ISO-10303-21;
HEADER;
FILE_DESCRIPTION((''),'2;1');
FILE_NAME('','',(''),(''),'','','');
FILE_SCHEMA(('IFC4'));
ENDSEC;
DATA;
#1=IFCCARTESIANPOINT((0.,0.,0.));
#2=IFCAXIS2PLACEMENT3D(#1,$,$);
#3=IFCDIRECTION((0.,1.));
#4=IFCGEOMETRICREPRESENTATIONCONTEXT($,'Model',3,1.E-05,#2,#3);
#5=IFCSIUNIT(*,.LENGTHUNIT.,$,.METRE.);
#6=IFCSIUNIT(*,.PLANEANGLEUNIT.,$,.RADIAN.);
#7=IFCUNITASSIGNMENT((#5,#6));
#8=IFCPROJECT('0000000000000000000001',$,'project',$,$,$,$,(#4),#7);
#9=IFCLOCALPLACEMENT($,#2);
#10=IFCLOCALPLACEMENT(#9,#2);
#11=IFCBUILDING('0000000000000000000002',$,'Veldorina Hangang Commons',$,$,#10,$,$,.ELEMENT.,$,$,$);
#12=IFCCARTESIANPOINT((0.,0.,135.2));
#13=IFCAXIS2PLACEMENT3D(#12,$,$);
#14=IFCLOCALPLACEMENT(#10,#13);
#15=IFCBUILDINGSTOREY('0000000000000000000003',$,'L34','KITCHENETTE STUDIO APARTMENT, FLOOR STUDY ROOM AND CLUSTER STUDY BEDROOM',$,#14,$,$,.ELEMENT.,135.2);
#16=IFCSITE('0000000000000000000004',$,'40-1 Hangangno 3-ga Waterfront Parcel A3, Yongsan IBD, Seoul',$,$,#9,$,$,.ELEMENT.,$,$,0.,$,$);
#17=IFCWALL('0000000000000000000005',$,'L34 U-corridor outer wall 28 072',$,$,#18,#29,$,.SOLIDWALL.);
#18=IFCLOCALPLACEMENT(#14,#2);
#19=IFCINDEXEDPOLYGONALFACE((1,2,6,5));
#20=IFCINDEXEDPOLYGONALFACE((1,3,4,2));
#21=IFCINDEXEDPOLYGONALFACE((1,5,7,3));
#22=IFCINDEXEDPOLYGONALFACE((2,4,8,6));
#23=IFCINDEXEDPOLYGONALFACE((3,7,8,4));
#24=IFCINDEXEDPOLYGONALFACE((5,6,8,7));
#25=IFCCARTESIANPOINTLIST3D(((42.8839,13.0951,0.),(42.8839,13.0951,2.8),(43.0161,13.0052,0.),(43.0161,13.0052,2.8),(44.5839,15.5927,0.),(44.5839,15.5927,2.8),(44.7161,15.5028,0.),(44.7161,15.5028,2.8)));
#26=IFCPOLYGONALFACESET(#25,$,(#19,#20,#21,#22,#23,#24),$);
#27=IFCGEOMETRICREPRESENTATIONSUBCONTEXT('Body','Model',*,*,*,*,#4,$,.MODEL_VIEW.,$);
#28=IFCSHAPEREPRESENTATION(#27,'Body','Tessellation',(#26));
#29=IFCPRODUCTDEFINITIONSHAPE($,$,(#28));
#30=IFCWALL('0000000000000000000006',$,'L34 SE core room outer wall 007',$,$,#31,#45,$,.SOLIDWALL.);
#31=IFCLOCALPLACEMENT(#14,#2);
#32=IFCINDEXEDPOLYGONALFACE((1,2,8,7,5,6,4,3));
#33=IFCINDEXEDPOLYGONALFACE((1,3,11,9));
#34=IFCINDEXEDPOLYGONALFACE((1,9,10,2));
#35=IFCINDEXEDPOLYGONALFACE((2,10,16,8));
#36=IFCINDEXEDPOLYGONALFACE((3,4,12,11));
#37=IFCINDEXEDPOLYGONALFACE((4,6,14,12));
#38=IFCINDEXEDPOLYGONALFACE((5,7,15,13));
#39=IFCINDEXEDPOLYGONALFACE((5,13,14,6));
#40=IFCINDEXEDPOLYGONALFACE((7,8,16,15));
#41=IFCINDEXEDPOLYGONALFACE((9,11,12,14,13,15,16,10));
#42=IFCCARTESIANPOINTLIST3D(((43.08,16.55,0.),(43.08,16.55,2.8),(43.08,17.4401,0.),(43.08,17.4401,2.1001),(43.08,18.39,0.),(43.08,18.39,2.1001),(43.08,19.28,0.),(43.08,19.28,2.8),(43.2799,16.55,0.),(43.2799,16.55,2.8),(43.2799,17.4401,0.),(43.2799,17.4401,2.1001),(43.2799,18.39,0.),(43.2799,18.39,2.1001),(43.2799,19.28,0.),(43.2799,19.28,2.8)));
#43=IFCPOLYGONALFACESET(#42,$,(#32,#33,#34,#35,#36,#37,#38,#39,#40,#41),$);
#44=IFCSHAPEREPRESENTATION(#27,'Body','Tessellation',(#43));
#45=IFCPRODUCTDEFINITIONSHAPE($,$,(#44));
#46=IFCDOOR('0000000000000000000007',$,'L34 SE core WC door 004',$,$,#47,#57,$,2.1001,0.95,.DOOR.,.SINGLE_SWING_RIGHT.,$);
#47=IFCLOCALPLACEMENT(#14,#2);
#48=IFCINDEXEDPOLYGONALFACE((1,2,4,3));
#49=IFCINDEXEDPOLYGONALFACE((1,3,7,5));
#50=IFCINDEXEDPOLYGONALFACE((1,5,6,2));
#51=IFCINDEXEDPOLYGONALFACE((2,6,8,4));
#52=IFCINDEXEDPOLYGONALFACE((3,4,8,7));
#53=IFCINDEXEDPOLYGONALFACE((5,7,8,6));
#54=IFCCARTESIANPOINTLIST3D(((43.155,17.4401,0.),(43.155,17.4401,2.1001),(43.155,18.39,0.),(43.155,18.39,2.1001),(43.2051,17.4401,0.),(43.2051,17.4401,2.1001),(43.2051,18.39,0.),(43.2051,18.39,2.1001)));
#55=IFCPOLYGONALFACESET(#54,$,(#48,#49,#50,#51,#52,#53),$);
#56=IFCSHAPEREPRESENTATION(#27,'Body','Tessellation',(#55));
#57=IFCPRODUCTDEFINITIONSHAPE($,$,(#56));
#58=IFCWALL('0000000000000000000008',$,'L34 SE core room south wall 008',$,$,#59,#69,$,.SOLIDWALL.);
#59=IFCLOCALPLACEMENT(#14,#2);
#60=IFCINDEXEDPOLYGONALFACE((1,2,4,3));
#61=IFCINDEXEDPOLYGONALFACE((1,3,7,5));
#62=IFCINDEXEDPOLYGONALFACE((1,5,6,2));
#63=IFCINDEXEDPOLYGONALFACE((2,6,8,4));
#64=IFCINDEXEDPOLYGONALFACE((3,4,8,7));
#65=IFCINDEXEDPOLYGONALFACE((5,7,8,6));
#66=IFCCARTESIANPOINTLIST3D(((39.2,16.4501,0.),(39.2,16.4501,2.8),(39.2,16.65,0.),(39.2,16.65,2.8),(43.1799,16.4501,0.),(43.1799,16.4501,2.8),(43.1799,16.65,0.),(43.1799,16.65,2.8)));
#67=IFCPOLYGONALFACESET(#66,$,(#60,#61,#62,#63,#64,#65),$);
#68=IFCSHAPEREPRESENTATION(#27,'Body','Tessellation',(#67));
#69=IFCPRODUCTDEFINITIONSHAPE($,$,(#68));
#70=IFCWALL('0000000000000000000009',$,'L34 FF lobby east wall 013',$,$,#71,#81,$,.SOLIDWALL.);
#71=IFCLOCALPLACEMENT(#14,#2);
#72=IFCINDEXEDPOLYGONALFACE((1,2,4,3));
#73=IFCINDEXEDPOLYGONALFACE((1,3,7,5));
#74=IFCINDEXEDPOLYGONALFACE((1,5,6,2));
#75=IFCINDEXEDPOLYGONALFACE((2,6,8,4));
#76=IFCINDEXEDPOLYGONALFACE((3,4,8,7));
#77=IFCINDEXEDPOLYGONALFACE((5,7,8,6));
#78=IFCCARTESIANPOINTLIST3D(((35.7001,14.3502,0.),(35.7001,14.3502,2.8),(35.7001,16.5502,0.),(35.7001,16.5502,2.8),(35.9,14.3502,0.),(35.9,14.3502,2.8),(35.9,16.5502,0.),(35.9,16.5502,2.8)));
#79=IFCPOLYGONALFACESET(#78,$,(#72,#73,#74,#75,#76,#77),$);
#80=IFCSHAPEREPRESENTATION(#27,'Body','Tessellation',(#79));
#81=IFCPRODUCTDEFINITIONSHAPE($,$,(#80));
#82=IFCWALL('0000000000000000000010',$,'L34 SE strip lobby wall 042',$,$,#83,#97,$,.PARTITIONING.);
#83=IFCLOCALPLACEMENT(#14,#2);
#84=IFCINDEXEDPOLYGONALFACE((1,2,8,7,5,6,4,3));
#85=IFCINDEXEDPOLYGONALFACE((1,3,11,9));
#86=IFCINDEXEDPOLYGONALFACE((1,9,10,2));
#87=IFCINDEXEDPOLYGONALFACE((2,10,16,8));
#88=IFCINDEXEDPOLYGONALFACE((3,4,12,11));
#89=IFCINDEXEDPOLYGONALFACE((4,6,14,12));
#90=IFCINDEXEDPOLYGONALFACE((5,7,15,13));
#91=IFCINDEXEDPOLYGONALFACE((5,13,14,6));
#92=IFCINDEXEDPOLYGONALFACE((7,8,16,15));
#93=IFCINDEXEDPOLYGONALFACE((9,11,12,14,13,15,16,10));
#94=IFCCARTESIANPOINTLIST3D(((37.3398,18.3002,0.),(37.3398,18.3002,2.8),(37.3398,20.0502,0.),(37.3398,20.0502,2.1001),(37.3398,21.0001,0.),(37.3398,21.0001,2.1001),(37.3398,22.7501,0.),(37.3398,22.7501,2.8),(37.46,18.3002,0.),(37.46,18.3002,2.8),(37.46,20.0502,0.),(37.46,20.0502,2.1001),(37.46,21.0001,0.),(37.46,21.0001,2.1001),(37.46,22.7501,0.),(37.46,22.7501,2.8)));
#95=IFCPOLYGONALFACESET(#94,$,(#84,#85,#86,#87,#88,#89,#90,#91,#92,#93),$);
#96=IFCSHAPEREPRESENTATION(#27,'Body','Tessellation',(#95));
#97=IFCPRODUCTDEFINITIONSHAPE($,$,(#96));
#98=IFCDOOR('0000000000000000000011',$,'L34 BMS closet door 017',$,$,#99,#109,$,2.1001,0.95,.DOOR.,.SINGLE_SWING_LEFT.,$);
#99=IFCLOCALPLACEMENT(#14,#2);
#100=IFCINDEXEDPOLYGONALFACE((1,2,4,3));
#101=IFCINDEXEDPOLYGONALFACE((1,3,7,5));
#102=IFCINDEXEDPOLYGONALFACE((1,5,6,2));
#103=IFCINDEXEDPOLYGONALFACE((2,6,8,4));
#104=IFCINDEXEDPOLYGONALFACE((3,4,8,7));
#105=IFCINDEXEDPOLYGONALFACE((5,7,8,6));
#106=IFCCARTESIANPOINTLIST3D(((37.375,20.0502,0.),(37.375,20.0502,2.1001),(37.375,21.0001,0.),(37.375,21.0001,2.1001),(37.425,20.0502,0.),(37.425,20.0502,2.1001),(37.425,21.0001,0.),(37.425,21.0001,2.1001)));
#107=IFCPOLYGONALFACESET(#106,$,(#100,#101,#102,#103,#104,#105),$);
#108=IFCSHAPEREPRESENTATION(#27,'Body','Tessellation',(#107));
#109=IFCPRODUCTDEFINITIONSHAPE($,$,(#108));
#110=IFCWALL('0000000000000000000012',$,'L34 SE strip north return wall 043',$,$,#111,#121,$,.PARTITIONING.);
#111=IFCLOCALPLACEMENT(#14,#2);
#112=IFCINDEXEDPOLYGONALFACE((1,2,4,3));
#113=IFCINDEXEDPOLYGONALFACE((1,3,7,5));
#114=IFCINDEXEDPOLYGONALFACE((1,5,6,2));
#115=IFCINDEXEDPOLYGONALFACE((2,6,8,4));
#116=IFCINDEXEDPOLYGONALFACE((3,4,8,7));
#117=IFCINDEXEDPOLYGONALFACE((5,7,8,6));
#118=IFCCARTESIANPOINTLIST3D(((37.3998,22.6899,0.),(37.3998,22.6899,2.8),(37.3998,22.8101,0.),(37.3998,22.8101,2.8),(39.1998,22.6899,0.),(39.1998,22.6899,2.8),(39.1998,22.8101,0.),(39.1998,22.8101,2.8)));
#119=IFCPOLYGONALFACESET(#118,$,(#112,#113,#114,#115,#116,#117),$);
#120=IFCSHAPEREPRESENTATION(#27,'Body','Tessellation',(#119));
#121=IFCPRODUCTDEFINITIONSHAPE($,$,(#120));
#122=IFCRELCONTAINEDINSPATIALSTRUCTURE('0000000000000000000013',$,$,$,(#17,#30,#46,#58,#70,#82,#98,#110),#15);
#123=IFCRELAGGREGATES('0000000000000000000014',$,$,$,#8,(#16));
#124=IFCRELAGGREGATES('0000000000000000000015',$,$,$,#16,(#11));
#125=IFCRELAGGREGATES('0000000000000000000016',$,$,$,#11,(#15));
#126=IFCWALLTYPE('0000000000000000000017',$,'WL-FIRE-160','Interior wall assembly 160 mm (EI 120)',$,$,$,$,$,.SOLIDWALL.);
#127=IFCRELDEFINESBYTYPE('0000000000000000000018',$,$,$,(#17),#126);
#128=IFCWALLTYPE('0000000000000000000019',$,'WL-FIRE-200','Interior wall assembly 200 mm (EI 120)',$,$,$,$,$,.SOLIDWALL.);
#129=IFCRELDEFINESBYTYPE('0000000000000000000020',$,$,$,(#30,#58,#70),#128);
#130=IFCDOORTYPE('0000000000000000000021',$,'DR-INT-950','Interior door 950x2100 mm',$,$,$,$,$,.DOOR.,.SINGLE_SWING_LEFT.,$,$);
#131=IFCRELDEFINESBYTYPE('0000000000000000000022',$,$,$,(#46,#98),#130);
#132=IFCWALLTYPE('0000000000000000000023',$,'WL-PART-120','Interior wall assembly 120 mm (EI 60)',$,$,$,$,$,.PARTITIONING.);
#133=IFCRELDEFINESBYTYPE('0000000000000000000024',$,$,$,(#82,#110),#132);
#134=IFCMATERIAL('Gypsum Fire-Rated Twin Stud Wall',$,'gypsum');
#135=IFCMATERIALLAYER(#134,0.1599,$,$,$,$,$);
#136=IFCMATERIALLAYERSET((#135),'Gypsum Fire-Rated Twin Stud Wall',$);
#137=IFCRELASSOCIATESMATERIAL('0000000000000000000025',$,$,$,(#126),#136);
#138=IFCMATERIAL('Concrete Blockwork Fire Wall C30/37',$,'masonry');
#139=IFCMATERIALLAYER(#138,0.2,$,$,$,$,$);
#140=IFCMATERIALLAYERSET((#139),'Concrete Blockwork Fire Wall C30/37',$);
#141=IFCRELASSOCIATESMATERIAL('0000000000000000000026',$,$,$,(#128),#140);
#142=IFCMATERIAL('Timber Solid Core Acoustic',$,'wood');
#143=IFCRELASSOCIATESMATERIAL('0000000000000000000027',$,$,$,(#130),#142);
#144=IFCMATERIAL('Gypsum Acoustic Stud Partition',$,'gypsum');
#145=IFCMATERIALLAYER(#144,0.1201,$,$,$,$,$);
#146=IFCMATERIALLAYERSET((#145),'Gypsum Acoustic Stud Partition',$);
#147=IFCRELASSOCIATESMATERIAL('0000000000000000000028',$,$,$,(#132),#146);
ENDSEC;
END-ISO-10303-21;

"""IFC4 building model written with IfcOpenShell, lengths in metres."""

from ifc_helpers import new_model, si_unit, direction, frame, frame_2d, origin, place, context, subcontext, project, spatial, rectangle, extrude, material, layer, layer_set, type_object, element, fill, save


model = new_model("IFC4")

# Units and contexts
model_context = context("Model", 3, precision=1e-05, world=origin(), true_north=direction((0.0, 1.0)))
body_context = subcontext(model_context, "Body", "Model", "MODEL_VIEW")
ifc_project = project(units=[si_unit("LENGTHUNIT", "METRE"), si_unit("PLANEANGLEUNIT", "RADIAN")], contexts=[model_context])

# Site, building, storey
site_placement = place(None, origin())
site = spatial("IfcSite", under=ifc_project, at=site_placement, Name="40-1 Hangangno 3-ga Waterfront Parcel A3, Yongsan IBD, Seoul", CompositionType="ELEMENT", RefElevation=0.0)
building_placement = place(site_placement, origin())
building = spatial("IfcBuilding", under=site, at=building_placement, Name="Veldorina Hangang Commons", CompositionType="ELEMENT")
storey_placement = place(building_placement, frame((0.0, 0.0, 135.2)))
storey = spatial("IfcBuildingStorey", under=building, at=storey_placement, Name="L34", Description="KITCHENETTE STUDIO APARTMENT, FLOOR STUDY ROOM AND CLUSTER STUDY BEDROOM", CompositionType="ELEMENT", Elevation=135.2)

# Shared definitions
ifc_material_1 = material(Name="Gypsum Fire-Rated Twin Stud Wall", Category="gypsum")
ifc_layer_1 = layer(ifc_material_1, 0.1599)
ifc_layer_set_1 = layer_set([ifc_layer_1], Name="Gypsum Fire-Rated Twin Stud Wall")
wall_type_1 = type_object("IfcWallType", Name="WL-FIRE-160", Description="Interior wall assembly 160 mm (EI 120)", PredefinedType="SOLIDWALL", material=ifc_layer_set_1)

# Wall
wall_1_placement = place(storey_placement, frame((42.95, 13.05, 0.0), z_axis=(0.0, 0.0, 1.0), x_axis=(0.562675, 0.826678, 0.0)))
element("IfcWall", 1, at=wall_1_placement, inside=storey, type_object=wall_type_1, Name="L34 U-corridor outer wall 28 072", PredefinedType="SOLIDWALL", context=body_context, shape_type="SweptSolid", body=[
    extrude(rectangle(XDim=3.0212, YDim=0.1599, at=frame_2d((1.5107, 0.0))), origin(), (0.0, 0.0, 1.0), 2.8),
])

# Wall, opening, door
ifc_material_2 = material(Name="Concrete Blockwork Fire Wall C30/37", Category="masonry")
ifc_layer_2 = layer(ifc_material_2, 0.2)
ifc_layer_set_2 = layer_set([ifc_layer_2], Name="Concrete Blockwork Fire Wall C30/37")
wall_type_2 = type_object("IfcWallType", Name="WL-FIRE-200", Description="Interior wall assembly 200 mm (EI 120)", PredefinedType="SOLIDWALL", material=ifc_layer_set_2)
wall_2_placement = place(storey_placement, frame((43.1799, 16.55, 0.0), z_axis=(0.0, 0.0, 1.0), x_axis=(0.0, 1.0, 0.0)))
wall_2 = element("IfcWall", 2, at=wall_2_placement, inside=storey, type_object=wall_type_2, Name="L34 SE core room outer wall 007", PredefinedType="SOLIDWALL", context=body_context, shape_type="SweptSolid", body=[
    extrude(rectangle(XDim=2.73, YDim=0.2, at=frame_2d((1.365, 0.0))), origin(), (0.0, 0.0, 1.0), 2.8),
])
opening_1_placement = place(wall_2_placement, frame((0.8899, 0.0, 0.0)))
opening_1 = element("IfcOpeningElement", 3, at=opening_1_placement, cuts=wall_2, PredefinedType="OPENING", context=body_context, shape_type="SweptSolid", body=[
    extrude(rectangle(XDim=0.95, YDim=2.1001, at=frame_2d((0.4751, 1.05))), frame((0.0, 0.1099, 0.0), z_axis=(0.0, -1.0, 0.0), x_axis=(1.0, 0.0, 0.0)), (0.0, 0.0, 1.0), 0.22),
])
ifc_material_3 = material(Name="Timber Solid Core Acoustic", Category="wood")
door_type_1 = type_object("IfcDoorType", Name="DR-INT-950", Description="Interior door 950x2100 mm", OperationType="SINGLE_SWING_LEFT", PredefinedType="DOOR", material=ifc_material_3)
door_1_placement = place(opening_1_placement, origin())
door_1 = element("IfcDoor", 4, at=door_1_placement, inside=storey, type_object=door_type_1, Name="L34 SE core WC door 004", OperationType="SINGLE_SWING_RIGHT", OverallHeight=2.1001, OverallWidth=0.95, PredefinedType="DOOR", context=body_context, shape_type="SweptSolid", body=[
    extrude(rectangle(XDim=0.95, YDim=2.1001, at=frame_2d((0.4751, 1.05))), frame((0.0, 0.0249, 0.0), z_axis=(0.0, -1.0, 0.0), x_axis=(1.0, 0.0, 0.0)), (0.0, 0.0, 1.0), 0.05),
])
fill(opening_1, door_1)

# Walls
wall_3_placement = place(storey_placement, frame((39.2, 16.55, 0.0), z_axis=(0.0, 0.0, 1.0), x_axis=(1.0, 0.0, 0.0)))
element("IfcWall", 5, at=wall_3_placement, inside=storey, type_object=wall_type_2, Name="L34 SE core room south wall 008", PredefinedType="SOLIDWALL", context=body_context, shape_type="SweptSolid", body=[
    extrude(rectangle(XDim=3.98, YDim=0.2, at=frame_2d((1.99, 0.0))), origin(), (0.0, 0.0, 1.0), 2.8),
])
wall_4_placement = place(storey_placement, frame((35.8, 14.3501, 0.0), z_axis=(0.0, 0.0, 1.0), x_axis=(0.0, 1.0, 0.0)))
element("IfcWall", 6, at=wall_4_placement, inside=storey, type_object=wall_type_2, Name="L34 FF lobby east wall 013", PredefinedType="SOLIDWALL", context=body_context, shape_type="SweptSolid", body=[
    extrude(rectangle(XDim=2.2, YDim=0.2, at=frame_2d((1.1001, 0.0))), origin(), (0.0, 0.0, 1.0), 2.8),
])

# Wall, opening, door
ifc_material_4 = material(Name="Gypsum Acoustic Stud Partition", Category="gypsum")
ifc_layer_3 = layer(ifc_material_4, 0.1201)
ifc_layer_set_3 = layer_set([ifc_layer_3], Name="Gypsum Acoustic Stud Partition")
wall_type_3 = type_object("IfcWallType", Name="WL-PART-120", Description="Interior wall assembly 120 mm (EI 60)", PredefinedType="PARTITIONING", material=ifc_layer_set_3)
wall_5_placement = place(storey_placement, frame((37.3999, 18.3, 0.0), z_axis=(0.0, 0.0, 1.0), x_axis=(0.0, 1.0, 0.0)))
wall_5 = element("IfcWall", 7, at=wall_5_placement, inside=storey, type_object=wall_type_3, Name="L34 SE strip lobby wall 042", PredefinedType="PARTITIONING", context=body_context, shape_type="SweptSolid", body=[
    extrude(rectangle(XDim=4.45, YDim=0.1201, at=frame_2d((2.2251, 0.0))), origin(), (0.0, 0.0, 1.0), 2.8),
])
opening_2_placement = place(wall_5_placement, frame((1.75, 0.0, 0.0)))
opening_2 = element("IfcOpeningElement", 8, at=opening_2_placement, cuts=wall_5, PredefinedType="OPENING", context=body_context, shape_type="SweptSolid", body=[
    extrude(rectangle(XDim=0.95, YDim=2.1001, at=frame_2d((0.4751, 1.05))), frame((0.0, 0.0701, 0.0), z_axis=(0.0, -1.0, 0.0), x_axis=(1.0, 0.0, 0.0)), (0.0, 0.0, 1.0), 0.1401),
])
door_2_placement = place(opening_2_placement, origin())
door_2 = element("IfcDoor", 9, at=door_2_placement, inside=storey, type_object=door_type_1, Name="L34 BMS closet door 017", OperationType="SINGLE_SWING_LEFT", OverallHeight=2.1001, OverallWidth=0.95, PredefinedType="DOOR", context=body_context, shape_type="SweptSolid", body=[
    extrude(rectangle(XDim=0.95, YDim=2.1001, at=frame_2d((0.4751, 1.05))), frame((0.0, 0.0249, 0.0), z_axis=(0.0, -1.0, 0.0), x_axis=(1.0, 0.0, 0.0)), (0.0, 0.0, 1.0), 0.05),
])
fill(opening_2, door_2)

# Wall
wall_6_placement = place(storey_placement, frame((37.3999, 22.75, 0.0), z_axis=(0.0, 0.0, 1.0), x_axis=(1.0, 0.0, 0.0)))
element("IfcWall", 10, at=wall_6_placement, inside=storey, type_object=wall_type_3, Name="L34 SE strip north return wall 043", PredefinedType="PARTITIONING", context=body_context, shape_type="SweptSolid", body=[
    extrude(rectangle(XDim=1.8, YDim=0.1201, at=frame_2d((0.8999, 0.0))), origin(), (0.0, 0.0, 1.0), 2.8),
])

save(model, "model.ifc")
